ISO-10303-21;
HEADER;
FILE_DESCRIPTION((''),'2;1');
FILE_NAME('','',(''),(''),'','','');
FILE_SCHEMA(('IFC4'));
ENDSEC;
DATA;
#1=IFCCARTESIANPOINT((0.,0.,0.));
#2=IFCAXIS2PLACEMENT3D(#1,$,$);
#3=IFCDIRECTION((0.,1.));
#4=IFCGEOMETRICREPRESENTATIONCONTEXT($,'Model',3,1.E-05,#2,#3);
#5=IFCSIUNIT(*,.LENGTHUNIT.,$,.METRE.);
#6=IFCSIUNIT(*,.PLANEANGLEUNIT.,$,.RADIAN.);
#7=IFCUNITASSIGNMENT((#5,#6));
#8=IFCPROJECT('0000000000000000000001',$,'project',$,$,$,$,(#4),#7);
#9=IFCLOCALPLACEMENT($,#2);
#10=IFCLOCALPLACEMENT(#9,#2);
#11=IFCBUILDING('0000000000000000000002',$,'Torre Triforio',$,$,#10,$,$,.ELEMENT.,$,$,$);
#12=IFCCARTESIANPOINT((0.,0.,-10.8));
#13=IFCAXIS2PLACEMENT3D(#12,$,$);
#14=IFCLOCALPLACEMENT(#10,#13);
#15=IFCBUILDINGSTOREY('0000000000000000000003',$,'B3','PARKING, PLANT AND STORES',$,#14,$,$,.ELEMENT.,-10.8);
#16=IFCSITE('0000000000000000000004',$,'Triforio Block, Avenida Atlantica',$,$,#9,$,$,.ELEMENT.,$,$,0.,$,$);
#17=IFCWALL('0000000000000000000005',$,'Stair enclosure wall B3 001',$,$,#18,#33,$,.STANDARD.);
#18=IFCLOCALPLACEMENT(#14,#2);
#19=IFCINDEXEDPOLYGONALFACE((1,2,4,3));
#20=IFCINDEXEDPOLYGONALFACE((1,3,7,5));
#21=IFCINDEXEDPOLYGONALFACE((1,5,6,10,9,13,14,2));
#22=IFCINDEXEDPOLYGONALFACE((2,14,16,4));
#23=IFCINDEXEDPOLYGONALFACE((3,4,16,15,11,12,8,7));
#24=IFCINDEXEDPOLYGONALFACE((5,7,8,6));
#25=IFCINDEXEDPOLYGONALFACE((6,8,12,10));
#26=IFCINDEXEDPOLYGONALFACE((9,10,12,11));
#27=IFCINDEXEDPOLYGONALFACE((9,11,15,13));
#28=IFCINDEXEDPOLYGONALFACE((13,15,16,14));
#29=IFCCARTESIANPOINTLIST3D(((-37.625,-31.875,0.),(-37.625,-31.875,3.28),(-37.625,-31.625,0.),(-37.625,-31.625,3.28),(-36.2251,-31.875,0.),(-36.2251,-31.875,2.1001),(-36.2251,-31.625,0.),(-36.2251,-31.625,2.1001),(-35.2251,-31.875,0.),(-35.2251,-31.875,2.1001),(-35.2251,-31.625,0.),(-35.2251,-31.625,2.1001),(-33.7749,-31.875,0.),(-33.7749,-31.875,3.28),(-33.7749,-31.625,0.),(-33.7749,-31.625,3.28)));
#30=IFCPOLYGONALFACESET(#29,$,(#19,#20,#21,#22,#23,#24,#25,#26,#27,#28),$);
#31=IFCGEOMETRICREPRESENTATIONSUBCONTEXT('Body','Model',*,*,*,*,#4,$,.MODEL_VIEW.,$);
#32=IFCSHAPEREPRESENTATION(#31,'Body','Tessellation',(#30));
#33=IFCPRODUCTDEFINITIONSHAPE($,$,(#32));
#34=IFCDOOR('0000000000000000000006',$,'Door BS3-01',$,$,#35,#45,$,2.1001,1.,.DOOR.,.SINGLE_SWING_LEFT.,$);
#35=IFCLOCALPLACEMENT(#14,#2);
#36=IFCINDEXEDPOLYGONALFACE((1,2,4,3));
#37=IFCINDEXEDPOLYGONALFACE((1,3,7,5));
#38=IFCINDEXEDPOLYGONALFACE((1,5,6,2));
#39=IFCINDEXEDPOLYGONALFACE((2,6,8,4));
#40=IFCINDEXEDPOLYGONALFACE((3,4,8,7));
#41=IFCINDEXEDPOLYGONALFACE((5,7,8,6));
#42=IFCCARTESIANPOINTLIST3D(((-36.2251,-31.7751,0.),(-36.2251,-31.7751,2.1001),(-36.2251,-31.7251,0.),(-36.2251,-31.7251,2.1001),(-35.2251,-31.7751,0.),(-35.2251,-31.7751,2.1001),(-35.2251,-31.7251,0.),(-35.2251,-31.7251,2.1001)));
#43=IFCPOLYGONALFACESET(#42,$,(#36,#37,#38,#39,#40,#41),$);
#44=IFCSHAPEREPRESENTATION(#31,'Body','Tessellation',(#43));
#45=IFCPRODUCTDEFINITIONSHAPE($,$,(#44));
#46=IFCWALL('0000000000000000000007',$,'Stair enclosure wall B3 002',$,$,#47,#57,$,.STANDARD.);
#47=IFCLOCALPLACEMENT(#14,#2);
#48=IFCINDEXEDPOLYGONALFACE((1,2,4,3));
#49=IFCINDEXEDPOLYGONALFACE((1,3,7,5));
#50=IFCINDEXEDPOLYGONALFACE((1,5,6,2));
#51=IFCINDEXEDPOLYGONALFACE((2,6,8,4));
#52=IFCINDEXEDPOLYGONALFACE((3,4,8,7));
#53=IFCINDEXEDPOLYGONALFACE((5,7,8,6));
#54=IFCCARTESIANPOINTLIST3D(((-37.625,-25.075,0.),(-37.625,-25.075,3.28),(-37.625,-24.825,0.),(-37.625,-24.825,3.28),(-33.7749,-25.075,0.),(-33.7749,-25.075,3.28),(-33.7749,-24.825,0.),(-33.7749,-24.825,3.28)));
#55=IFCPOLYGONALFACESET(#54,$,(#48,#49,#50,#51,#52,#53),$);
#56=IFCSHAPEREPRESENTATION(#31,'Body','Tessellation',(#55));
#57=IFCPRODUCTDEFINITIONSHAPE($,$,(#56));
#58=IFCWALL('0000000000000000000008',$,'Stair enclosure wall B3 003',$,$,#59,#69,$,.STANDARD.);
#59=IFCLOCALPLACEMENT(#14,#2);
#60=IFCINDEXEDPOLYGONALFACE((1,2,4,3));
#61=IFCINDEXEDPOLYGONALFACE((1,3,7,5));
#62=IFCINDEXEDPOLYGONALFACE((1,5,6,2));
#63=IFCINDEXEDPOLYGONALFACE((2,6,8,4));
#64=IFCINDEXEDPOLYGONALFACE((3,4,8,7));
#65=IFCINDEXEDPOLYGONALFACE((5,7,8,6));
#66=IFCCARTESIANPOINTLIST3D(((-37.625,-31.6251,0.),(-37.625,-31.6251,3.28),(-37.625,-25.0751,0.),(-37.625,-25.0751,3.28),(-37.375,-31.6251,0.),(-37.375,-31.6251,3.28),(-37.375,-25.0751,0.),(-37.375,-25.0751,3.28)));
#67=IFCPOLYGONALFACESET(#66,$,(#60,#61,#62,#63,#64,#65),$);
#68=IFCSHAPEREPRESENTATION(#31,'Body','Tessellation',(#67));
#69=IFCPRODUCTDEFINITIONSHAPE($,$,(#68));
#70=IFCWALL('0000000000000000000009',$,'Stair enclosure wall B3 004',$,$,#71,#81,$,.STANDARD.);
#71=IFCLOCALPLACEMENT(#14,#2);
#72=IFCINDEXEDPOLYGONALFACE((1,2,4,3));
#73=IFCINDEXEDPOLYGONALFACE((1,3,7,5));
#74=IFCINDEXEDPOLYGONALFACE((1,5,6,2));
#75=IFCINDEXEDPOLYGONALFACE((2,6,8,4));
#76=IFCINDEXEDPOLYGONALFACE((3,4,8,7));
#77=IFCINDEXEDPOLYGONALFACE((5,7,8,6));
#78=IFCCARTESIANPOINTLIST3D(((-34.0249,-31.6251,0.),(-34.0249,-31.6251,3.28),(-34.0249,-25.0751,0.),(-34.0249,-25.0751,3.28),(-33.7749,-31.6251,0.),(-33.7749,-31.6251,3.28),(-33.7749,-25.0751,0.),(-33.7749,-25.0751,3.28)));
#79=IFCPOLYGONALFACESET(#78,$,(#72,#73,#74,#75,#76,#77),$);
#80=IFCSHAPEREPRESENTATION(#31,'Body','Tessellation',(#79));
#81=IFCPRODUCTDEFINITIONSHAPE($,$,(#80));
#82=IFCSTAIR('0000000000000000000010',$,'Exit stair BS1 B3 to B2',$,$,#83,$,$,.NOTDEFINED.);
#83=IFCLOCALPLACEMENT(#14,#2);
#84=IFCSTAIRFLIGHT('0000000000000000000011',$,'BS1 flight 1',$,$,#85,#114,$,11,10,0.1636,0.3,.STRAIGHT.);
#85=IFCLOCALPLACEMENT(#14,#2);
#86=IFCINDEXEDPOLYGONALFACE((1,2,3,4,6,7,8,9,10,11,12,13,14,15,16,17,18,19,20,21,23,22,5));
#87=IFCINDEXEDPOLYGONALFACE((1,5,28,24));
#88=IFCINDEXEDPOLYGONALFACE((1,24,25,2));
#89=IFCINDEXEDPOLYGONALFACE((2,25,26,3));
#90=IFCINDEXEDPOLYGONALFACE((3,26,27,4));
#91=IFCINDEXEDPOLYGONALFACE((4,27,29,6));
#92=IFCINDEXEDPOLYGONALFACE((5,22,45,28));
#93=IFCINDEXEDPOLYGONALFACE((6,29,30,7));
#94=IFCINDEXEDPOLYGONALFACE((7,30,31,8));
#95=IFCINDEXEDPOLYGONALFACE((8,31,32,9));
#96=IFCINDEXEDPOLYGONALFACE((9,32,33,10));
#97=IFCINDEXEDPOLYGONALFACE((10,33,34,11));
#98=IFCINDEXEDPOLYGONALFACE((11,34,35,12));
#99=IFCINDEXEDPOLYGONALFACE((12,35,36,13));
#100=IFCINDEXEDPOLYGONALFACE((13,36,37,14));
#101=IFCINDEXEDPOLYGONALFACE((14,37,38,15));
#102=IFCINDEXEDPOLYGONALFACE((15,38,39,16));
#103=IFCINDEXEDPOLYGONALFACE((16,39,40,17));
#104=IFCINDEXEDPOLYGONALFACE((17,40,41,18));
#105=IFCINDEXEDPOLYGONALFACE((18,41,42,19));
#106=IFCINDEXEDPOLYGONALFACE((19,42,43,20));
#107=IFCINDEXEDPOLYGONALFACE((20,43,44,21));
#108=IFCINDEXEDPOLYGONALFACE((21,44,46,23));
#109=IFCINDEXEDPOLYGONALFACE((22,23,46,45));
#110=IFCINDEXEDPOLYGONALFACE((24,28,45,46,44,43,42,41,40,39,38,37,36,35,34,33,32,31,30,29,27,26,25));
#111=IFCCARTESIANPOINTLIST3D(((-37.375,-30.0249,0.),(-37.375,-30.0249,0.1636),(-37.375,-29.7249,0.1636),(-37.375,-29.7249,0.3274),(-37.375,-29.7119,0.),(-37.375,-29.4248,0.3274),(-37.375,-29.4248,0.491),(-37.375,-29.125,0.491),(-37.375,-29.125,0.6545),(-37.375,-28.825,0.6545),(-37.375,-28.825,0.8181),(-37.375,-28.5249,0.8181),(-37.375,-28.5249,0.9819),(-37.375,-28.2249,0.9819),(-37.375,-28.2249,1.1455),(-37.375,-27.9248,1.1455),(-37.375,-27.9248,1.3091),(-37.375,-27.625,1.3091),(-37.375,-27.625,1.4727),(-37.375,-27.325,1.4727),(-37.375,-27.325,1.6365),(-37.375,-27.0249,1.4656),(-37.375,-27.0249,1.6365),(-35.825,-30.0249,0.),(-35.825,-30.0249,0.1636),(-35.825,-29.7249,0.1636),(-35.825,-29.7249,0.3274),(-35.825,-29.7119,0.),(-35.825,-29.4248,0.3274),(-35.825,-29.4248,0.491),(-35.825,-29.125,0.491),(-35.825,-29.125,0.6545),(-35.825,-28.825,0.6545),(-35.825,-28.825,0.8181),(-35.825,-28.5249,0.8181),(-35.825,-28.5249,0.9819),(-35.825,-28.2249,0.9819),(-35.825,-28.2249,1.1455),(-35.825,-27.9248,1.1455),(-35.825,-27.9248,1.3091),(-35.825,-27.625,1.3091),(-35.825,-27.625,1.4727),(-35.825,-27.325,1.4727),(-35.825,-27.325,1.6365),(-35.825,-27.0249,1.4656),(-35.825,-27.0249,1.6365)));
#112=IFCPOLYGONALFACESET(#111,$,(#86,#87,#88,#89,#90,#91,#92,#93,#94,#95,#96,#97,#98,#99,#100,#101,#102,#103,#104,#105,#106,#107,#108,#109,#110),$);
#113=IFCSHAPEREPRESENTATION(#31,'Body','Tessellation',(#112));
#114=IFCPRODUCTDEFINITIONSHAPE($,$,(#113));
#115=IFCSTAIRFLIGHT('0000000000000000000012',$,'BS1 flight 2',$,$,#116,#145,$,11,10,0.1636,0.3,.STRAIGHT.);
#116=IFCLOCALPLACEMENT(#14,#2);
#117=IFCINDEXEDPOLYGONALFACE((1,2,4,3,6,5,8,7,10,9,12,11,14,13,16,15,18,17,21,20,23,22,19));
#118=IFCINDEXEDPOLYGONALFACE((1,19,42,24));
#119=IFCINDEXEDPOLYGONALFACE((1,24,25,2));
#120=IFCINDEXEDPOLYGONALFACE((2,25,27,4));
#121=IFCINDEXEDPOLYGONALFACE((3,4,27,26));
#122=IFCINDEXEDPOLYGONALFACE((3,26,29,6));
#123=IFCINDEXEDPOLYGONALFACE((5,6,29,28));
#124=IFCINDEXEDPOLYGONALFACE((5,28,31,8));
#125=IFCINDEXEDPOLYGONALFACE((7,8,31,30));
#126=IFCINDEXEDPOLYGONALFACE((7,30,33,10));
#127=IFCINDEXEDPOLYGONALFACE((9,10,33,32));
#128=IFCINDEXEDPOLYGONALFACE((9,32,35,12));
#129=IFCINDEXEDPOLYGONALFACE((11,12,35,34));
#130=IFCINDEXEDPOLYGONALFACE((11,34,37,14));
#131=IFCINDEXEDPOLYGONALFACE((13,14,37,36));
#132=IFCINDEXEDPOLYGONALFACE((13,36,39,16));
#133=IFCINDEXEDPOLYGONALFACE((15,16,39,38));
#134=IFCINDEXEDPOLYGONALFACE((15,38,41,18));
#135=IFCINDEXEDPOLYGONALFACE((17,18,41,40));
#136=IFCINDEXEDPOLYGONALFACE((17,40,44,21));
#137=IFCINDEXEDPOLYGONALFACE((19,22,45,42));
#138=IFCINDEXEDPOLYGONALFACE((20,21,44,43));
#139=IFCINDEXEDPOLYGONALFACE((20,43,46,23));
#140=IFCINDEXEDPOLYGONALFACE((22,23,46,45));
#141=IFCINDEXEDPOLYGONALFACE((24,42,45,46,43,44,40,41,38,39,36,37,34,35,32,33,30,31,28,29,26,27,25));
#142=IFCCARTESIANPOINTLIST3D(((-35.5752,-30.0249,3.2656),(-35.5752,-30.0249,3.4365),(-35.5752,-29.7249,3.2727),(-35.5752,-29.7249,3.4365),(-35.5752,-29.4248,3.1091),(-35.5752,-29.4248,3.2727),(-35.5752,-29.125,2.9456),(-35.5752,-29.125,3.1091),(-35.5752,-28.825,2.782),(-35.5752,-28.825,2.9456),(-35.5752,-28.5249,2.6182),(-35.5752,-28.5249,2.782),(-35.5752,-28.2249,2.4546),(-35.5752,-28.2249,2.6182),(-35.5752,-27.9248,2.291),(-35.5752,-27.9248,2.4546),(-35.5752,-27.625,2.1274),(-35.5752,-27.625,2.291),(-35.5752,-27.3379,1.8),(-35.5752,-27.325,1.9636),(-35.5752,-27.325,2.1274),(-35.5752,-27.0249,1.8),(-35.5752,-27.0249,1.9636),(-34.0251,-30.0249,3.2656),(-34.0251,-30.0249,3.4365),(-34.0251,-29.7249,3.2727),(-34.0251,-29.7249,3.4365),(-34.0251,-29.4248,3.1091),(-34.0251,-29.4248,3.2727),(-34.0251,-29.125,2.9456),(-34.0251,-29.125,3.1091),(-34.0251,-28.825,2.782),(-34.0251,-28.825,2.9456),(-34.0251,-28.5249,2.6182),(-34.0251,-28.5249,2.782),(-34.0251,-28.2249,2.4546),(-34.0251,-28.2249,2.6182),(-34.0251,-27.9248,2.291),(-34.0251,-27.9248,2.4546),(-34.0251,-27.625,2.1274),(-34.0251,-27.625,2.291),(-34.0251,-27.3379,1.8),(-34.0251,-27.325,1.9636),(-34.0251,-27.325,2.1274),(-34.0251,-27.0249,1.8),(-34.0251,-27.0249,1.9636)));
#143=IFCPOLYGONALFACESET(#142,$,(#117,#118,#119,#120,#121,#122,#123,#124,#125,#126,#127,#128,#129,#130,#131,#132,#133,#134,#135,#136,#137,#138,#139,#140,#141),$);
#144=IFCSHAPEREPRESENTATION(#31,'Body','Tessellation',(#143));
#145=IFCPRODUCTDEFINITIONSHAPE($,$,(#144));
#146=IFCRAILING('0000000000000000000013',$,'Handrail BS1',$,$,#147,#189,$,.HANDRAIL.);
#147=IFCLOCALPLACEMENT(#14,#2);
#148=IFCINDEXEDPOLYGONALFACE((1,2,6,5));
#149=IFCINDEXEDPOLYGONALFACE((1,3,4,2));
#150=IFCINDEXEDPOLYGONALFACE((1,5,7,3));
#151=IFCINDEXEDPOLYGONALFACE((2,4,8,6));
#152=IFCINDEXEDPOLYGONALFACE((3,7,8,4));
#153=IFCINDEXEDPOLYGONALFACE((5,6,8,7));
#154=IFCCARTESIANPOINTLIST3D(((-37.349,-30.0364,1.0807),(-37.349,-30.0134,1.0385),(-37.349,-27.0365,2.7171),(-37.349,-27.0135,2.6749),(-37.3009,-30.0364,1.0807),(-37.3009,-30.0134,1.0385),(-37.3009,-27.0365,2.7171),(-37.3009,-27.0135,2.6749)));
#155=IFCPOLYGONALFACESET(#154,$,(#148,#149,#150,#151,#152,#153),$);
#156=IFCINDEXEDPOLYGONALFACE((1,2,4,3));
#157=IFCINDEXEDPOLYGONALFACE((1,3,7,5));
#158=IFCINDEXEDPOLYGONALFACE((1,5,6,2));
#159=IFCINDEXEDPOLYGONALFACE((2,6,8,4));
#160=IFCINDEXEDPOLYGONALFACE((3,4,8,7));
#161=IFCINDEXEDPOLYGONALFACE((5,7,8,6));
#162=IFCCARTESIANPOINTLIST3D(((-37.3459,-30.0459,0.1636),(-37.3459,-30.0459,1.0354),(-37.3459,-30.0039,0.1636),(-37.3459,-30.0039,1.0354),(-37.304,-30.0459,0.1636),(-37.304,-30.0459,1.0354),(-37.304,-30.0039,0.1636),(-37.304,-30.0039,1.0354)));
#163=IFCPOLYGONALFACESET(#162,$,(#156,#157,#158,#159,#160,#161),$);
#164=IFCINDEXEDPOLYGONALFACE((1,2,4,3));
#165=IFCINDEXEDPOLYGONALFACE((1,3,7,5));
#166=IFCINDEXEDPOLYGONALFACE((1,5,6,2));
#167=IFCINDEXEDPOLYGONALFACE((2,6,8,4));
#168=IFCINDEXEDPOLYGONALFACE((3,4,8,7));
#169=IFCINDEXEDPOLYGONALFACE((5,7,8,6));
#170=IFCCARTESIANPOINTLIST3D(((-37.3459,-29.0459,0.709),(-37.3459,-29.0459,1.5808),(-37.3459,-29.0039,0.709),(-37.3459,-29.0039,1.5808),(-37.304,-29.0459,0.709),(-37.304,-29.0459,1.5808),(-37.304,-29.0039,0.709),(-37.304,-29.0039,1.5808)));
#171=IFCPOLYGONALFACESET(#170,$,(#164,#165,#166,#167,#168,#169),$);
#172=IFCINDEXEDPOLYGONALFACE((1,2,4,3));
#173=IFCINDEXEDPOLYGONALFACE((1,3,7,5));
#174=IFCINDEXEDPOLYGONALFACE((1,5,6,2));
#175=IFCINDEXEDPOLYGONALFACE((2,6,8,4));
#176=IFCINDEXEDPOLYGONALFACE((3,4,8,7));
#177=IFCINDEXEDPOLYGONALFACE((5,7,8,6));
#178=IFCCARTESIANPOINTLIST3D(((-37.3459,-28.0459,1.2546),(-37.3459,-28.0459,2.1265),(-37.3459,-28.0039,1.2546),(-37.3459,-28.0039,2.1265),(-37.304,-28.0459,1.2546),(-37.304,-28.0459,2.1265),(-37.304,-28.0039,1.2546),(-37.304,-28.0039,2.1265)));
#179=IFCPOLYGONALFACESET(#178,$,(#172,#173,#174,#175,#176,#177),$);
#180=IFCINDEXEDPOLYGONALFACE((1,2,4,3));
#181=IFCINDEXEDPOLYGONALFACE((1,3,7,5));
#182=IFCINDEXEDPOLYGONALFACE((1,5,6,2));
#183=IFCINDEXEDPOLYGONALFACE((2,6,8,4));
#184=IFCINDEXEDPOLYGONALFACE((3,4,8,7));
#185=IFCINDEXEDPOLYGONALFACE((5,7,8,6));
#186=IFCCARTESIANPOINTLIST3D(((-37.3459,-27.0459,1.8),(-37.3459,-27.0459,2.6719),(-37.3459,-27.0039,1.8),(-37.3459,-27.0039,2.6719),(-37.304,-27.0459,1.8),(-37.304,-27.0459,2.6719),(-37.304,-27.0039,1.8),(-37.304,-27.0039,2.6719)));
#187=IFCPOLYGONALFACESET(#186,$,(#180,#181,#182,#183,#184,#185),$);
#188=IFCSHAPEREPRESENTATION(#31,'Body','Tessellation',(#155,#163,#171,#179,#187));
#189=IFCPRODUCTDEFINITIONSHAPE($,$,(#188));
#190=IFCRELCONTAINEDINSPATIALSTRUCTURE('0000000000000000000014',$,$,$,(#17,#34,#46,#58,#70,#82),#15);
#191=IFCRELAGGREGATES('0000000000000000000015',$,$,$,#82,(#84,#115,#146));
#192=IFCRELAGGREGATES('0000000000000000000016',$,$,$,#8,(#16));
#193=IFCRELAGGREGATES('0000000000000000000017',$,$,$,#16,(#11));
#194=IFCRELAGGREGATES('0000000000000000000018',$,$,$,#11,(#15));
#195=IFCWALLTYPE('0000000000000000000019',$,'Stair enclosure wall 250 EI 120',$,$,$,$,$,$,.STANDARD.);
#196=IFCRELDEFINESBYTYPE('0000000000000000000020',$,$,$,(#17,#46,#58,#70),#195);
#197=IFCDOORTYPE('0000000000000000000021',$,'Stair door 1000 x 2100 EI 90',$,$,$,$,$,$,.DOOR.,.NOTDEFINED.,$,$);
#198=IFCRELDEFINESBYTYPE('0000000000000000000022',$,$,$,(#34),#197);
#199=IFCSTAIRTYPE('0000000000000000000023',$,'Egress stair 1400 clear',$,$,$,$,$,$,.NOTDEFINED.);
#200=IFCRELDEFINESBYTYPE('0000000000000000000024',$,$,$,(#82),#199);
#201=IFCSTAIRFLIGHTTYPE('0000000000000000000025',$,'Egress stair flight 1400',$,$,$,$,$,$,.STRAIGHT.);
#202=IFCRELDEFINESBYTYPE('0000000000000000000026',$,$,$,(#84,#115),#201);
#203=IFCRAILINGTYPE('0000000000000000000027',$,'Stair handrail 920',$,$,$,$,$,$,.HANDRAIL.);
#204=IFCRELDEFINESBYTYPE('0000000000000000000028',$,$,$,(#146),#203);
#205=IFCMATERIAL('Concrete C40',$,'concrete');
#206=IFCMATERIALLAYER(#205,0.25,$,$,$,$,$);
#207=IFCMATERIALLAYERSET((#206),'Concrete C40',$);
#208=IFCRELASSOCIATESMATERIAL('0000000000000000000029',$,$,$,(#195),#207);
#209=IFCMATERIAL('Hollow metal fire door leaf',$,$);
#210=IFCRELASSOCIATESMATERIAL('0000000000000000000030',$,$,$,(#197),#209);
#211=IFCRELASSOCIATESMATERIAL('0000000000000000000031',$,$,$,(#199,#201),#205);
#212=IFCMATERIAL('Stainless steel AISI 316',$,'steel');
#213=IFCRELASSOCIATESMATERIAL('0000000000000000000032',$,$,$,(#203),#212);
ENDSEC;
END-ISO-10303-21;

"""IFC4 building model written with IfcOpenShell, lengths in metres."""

from ifc_helpers import new_model, si_unit, direction, frame, frame_2d, origin, origin_2d, place, context, subcontext, project, spatial, polyline, rectangle, outline, extrude, material, layer, layer_set, type_object, element, fill, aggregate, save


model = new_model("IFC4")

# Units and contexts
model_context = context("Model", 3, precision=1e-05, world=origin(), true_north=direction((0.0, 1.0)))
body_context = subcontext(model_context, "Body", "Model", "MODEL_VIEW")
ifc_project = project(units=[si_unit("LENGTHUNIT", "METRE"), si_unit("PLANEANGLEUNIT", "RADIAN")], contexts=[model_context])

# Site, building, storey
site_placement = place(None, origin())
site = spatial("IfcSite", under=ifc_project, at=site_placement, Name="Triforio Block, Avenida Atlantica", CompositionType="ELEMENT", RefElevation=0.0)
building_placement = place(site_placement, origin())
building = spatial("IfcBuilding", under=site, at=building_placement, Name="Torre Triforio", CompositionType="ELEMENT")
storey_placement = place(building_placement, frame((0.0, 0.0, -10.8)))
storey = spatial("IfcBuildingStorey", under=building, at=storey_placement, Name="B3", Description="PARKING, PLANT AND STORES", CompositionType="ELEMENT", Elevation=-10.8)

# Wall, opening, door
ifc_material_1 = material(Name="Concrete C40", Category="concrete")
ifc_layer_1 = layer(ifc_material_1, 0.25)
ifc_layer_set_1 = layer_set([ifc_layer_1], Name="Concrete C40")
wall_type_1 = type_object("IfcWallType", Name="Stair enclosure wall 250 EI 120", PredefinedType="STANDARD", material=ifc_layer_set_1)
wall_1_placement = place(storey_placement, frame((-37.625, -31.75, 0.0), z_axis=(0.0, 0.0, 1.0), x_axis=(1.0, 0.0, 0.0)))
wall_1 = element("IfcWall", 1, at=wall_1_placement, inside=storey, type_object=wall_type_1, Name="Stair enclosure wall B3 001", PredefinedType="STANDARD", context=body_context, shape_type="SweptSolid", body=[
    extrude(rectangle(XDim=3.8501, YDim=0.25, at=frame_2d((1.925, 0.0))), origin(), (0.0, 0.0, 1.0), 3.28),
])
opening_placement = place(wall_1_placement, frame((1.3999, 0.0, 0.0)))
opening = element("IfcOpeningElement", 2, at=opening_placement, cuts=wall_1, PredefinedType="OPENING", context=body_context, shape_type="SweptSolid", body=[
    extrude(rectangle(XDim=1.0, YDim=2.1001, at=frame_2d((0.5, 1.05))), frame((0.0, 0.135, 0.0), z_axis=(0.0, -1.0, 0.0), x_axis=(1.0, 0.0, 0.0)), (0.0, 0.0, 1.0), 0.27),
])
ifc_material_2 = material(Name="Hollow metal fire door leaf")
door_type = type_object("IfcDoorType", Name="Stair door 1000 x 2100 EI 90", OperationType="NOTDEFINED", PredefinedType="DOOR", material=ifc_material_2)
door_placement = place(opening_placement, origin())
door = element("IfcDoor", 3, at=door_placement, inside=storey, type_object=door_type, Name="Door BS3-01", OperationType="SINGLE_SWING_LEFT", OverallHeight=2.1001, OverallWidth=1.0, PredefinedType="DOOR", context=body_context, shape_type="SweptSolid", body=[
    extrude(rectangle(XDim=1.0, YDim=2.1001, at=frame_2d((0.5, 1.05))), frame((0.0, 0.0249, 0.0), z_axis=(0.0, -1.0, 0.0), x_axis=(1.0, 0.0, 0.0)), (0.0, 0.0, 1.0), 0.05),
])
fill(opening, door)

# Walls
wall_2_placement = place(storey_placement, frame((-37.625, -24.95, 0.0), z_axis=(0.0, 0.0, 1.0), x_axis=(1.0, 0.0, 0.0)))
element("IfcWall", 4, at=wall_2_placement, inside=storey, type_object=wall_type_1, Name="Stair enclosure wall B3 002", PredefinedType="STANDARD", context=body_context, shape_type="SweptSolid", body=[
    extrude(rectangle(XDim=3.8501, YDim=0.25, at=frame_2d((1.925, 0.0))), origin(), (0.0, 0.0, 1.0), 3.28),
])
for number, where, z_axis, x_axis, name in (
    (5, (-37.5, -31.625, 0.0), (0.0, 0.0, 1.0), (0.0, 1.0, 0.0), "Stair enclosure wall B3 003"),
    (6, (-33.8999, -31.625, 0.0), (0.0, 0.0, 1.0), (0.0, 1.0, 0.0), "Stair enclosure wall B3 004"),
):
    element("IfcWall", number, at=place(storey_placement, frame(where, z_axis=z_axis, x_axis=x_axis)), inside=storey, type_object=wall_type_1, Name=name, PredefinedType="STANDARD", context=body_context, shape_type="SweptSolid", body=[
        extrude(rectangle(XDim=6.55, YDim=0.25, at=frame_2d((3.2749, 0.0))), origin(), (0.0, 0.0, 1.0), 3.28),
    ])

# Stair, stair flights, railing
stair_type = type_object("IfcStairType", Name="Egress stair 1400 clear", PredefinedType="NOTDEFINED", material=ifc_material_1)
stair_placement = place(storey_placement, origin())
stair = element("IfcStair", 7, at=stair_placement, inside=storey, type_object=stair_type, Name="Exit stair BS1 B3 to B2", PredefinedType="NOTDEFINED")
stair_flight_type = type_object("IfcStairFlightType", Name="Egress stair flight 1400", PredefinedType="STRAIGHT", material=ifc_material_1)
stair_flight_1_placement = place(storey_placement, frame((-36.6001, -30.0249, 0.0), z_axis=(0.0, 0.0, 1.0), x_axis=(0.0, 1.0, 0.0)))
stair_flight_1 = element("IfcStairFlight", 8, at=stair_flight_1_placement, type_object=stair_flight_type, Name="BS1 flight 1", NumberOfRisers=11, NumberOfTreads=10, PredefinedType="STRAIGHT", RiserHeight=0.1636, TreadLength=0.3, context=body_context, shape_type="SweptSolid", body=[
    extrude(outline(polyline([(0.0, 0.0), (0.0, 0.1636), (0.3, 0.1636), (0.3, 0.3274), (0.6001, 0.3274), (0.6001, 0.491), (0.8999, 0.491), (0.8999, 0.6545), (1.2, 0.6545), (1.2, 0.8181), (1.5, 0.8181), (1.5, 0.9819), (1.8, 0.9819), (1.8, 1.1455), (2.1001, 1.1455), (2.1001, 1.3091), (2.3999, 1.3091), (2.3999, 1.4727), (2.7, 1.4727), (2.7, 1.6365), (3.0, 1.6365), (3.0, 1.8), (3.0, 1.4656), (0.313, 0.0), (0.0, 0.0)])), frame((0.0, 0.7749, 0.0), z_axis=(0.0, -1.0, 0.0), x_axis=(1.0, 0.0, 0.0)), (0.0, 0.0, 1.0), 1.55),
])
stair_flight_2_placement = place(storey_placement, frame((-34.8, -27.0249, 1.8), z_axis=(0.0, 0.0, 1.0), x_axis=(0.0, -1.0, 0.0)))
stair_flight_2 = element("IfcStairFlight", 9, at=stair_flight_2_placement, type_object=stair_flight_type, Name="BS1 flight 2", NumberOfRisers=11, NumberOfTreads=10, PredefinedType="STRAIGHT", RiserHeight=0.1636, TreadLength=0.3, context=body_context, shape_type="SweptSolid", body=[
    extrude(outline(polyline([(0.0, 0.0), (0.0, 0.1636), (0.3, 0.1636), (0.3, 0.3274), (0.6001, 0.3274), (0.6001, 0.491), (0.8999, 0.491), (0.8999, 0.6545), (1.2, 0.6545), (1.2, 0.8181), (1.5, 0.8181), (1.5, 0.9819), (1.8, 0.9819), (1.8, 1.1455), (2.1001, 1.1455), (2.1001, 1.3091), (2.3999, 1.3091), (2.3999, 1.4727), (2.7, 1.4727), (2.7, 1.6365), (3.0, 1.6365), (3.0, 1.8), (3.0, 1.4656), (0.313, 0.0), (0.0, 0.0)])), frame((0.0, 0.7749, 0.0), z_axis=(0.0, -1.0, 0.0), x_axis=(1.0, 0.0, 0.0)), (0.0, 0.0, 1.0), 1.55),
])
ifc_material_3 = material(Name="Stainless steel AISI 316", Category="steel")
railing_type = type_object("IfcRailingType", Name="Stair handrail 920", PredefinedType="HANDRAIL", material=ifc_material_3)
railing_1_placement = place(storey_placement, frame((-37.325, -30.0249, 0.1636)))
railing_1 = element("IfcRailing", 10, at=railing_1_placement, type_object=railing_type, Name="Handrail BS1", PredefinedType="HANDRAIL", context=body_context, shape_type="SweptSolid", body=[
    extrude(rectangle(XDim=0.0481, YDim=0.0481, at=origin_2d()), frame((0.0, 0.0, 0.896), z_axis=(0.0, 0.877882, 0.478877), x_axis=(-1.0, 0.0, 0.0)), (0.0, 0.0, 1.0), 3.4172),
    extrude(rectangle(XDim=0.042, YDim=0.042, at=origin_2d()), origin(), (0.0, 0.0, 1.0), 0.8718),
    extrude(rectangle(XDim=0.042, YDim=0.042, at=origin_2d()), frame((0.0, 1.0, 0.5454)), (0.0, 0.0, 1.0), 0.8718),
    extrude(rectangle(XDim=0.042, YDim=0.042, at=origin_2d()), frame((0.0, 2.0, 1.0911)), (0.0, 0.0, 1.0), 0.8718),
    extrude(rectangle(XDim=0.042, YDim=0.042, at=origin_2d()), frame((0.0, 3.0, 1.6365)), (0.0, 0.0, 1.0), 0.8718),
])
aggregate(stair, [stair_flight_1, stair_flight_2, railing_1])

save(model, "model.ifc")
